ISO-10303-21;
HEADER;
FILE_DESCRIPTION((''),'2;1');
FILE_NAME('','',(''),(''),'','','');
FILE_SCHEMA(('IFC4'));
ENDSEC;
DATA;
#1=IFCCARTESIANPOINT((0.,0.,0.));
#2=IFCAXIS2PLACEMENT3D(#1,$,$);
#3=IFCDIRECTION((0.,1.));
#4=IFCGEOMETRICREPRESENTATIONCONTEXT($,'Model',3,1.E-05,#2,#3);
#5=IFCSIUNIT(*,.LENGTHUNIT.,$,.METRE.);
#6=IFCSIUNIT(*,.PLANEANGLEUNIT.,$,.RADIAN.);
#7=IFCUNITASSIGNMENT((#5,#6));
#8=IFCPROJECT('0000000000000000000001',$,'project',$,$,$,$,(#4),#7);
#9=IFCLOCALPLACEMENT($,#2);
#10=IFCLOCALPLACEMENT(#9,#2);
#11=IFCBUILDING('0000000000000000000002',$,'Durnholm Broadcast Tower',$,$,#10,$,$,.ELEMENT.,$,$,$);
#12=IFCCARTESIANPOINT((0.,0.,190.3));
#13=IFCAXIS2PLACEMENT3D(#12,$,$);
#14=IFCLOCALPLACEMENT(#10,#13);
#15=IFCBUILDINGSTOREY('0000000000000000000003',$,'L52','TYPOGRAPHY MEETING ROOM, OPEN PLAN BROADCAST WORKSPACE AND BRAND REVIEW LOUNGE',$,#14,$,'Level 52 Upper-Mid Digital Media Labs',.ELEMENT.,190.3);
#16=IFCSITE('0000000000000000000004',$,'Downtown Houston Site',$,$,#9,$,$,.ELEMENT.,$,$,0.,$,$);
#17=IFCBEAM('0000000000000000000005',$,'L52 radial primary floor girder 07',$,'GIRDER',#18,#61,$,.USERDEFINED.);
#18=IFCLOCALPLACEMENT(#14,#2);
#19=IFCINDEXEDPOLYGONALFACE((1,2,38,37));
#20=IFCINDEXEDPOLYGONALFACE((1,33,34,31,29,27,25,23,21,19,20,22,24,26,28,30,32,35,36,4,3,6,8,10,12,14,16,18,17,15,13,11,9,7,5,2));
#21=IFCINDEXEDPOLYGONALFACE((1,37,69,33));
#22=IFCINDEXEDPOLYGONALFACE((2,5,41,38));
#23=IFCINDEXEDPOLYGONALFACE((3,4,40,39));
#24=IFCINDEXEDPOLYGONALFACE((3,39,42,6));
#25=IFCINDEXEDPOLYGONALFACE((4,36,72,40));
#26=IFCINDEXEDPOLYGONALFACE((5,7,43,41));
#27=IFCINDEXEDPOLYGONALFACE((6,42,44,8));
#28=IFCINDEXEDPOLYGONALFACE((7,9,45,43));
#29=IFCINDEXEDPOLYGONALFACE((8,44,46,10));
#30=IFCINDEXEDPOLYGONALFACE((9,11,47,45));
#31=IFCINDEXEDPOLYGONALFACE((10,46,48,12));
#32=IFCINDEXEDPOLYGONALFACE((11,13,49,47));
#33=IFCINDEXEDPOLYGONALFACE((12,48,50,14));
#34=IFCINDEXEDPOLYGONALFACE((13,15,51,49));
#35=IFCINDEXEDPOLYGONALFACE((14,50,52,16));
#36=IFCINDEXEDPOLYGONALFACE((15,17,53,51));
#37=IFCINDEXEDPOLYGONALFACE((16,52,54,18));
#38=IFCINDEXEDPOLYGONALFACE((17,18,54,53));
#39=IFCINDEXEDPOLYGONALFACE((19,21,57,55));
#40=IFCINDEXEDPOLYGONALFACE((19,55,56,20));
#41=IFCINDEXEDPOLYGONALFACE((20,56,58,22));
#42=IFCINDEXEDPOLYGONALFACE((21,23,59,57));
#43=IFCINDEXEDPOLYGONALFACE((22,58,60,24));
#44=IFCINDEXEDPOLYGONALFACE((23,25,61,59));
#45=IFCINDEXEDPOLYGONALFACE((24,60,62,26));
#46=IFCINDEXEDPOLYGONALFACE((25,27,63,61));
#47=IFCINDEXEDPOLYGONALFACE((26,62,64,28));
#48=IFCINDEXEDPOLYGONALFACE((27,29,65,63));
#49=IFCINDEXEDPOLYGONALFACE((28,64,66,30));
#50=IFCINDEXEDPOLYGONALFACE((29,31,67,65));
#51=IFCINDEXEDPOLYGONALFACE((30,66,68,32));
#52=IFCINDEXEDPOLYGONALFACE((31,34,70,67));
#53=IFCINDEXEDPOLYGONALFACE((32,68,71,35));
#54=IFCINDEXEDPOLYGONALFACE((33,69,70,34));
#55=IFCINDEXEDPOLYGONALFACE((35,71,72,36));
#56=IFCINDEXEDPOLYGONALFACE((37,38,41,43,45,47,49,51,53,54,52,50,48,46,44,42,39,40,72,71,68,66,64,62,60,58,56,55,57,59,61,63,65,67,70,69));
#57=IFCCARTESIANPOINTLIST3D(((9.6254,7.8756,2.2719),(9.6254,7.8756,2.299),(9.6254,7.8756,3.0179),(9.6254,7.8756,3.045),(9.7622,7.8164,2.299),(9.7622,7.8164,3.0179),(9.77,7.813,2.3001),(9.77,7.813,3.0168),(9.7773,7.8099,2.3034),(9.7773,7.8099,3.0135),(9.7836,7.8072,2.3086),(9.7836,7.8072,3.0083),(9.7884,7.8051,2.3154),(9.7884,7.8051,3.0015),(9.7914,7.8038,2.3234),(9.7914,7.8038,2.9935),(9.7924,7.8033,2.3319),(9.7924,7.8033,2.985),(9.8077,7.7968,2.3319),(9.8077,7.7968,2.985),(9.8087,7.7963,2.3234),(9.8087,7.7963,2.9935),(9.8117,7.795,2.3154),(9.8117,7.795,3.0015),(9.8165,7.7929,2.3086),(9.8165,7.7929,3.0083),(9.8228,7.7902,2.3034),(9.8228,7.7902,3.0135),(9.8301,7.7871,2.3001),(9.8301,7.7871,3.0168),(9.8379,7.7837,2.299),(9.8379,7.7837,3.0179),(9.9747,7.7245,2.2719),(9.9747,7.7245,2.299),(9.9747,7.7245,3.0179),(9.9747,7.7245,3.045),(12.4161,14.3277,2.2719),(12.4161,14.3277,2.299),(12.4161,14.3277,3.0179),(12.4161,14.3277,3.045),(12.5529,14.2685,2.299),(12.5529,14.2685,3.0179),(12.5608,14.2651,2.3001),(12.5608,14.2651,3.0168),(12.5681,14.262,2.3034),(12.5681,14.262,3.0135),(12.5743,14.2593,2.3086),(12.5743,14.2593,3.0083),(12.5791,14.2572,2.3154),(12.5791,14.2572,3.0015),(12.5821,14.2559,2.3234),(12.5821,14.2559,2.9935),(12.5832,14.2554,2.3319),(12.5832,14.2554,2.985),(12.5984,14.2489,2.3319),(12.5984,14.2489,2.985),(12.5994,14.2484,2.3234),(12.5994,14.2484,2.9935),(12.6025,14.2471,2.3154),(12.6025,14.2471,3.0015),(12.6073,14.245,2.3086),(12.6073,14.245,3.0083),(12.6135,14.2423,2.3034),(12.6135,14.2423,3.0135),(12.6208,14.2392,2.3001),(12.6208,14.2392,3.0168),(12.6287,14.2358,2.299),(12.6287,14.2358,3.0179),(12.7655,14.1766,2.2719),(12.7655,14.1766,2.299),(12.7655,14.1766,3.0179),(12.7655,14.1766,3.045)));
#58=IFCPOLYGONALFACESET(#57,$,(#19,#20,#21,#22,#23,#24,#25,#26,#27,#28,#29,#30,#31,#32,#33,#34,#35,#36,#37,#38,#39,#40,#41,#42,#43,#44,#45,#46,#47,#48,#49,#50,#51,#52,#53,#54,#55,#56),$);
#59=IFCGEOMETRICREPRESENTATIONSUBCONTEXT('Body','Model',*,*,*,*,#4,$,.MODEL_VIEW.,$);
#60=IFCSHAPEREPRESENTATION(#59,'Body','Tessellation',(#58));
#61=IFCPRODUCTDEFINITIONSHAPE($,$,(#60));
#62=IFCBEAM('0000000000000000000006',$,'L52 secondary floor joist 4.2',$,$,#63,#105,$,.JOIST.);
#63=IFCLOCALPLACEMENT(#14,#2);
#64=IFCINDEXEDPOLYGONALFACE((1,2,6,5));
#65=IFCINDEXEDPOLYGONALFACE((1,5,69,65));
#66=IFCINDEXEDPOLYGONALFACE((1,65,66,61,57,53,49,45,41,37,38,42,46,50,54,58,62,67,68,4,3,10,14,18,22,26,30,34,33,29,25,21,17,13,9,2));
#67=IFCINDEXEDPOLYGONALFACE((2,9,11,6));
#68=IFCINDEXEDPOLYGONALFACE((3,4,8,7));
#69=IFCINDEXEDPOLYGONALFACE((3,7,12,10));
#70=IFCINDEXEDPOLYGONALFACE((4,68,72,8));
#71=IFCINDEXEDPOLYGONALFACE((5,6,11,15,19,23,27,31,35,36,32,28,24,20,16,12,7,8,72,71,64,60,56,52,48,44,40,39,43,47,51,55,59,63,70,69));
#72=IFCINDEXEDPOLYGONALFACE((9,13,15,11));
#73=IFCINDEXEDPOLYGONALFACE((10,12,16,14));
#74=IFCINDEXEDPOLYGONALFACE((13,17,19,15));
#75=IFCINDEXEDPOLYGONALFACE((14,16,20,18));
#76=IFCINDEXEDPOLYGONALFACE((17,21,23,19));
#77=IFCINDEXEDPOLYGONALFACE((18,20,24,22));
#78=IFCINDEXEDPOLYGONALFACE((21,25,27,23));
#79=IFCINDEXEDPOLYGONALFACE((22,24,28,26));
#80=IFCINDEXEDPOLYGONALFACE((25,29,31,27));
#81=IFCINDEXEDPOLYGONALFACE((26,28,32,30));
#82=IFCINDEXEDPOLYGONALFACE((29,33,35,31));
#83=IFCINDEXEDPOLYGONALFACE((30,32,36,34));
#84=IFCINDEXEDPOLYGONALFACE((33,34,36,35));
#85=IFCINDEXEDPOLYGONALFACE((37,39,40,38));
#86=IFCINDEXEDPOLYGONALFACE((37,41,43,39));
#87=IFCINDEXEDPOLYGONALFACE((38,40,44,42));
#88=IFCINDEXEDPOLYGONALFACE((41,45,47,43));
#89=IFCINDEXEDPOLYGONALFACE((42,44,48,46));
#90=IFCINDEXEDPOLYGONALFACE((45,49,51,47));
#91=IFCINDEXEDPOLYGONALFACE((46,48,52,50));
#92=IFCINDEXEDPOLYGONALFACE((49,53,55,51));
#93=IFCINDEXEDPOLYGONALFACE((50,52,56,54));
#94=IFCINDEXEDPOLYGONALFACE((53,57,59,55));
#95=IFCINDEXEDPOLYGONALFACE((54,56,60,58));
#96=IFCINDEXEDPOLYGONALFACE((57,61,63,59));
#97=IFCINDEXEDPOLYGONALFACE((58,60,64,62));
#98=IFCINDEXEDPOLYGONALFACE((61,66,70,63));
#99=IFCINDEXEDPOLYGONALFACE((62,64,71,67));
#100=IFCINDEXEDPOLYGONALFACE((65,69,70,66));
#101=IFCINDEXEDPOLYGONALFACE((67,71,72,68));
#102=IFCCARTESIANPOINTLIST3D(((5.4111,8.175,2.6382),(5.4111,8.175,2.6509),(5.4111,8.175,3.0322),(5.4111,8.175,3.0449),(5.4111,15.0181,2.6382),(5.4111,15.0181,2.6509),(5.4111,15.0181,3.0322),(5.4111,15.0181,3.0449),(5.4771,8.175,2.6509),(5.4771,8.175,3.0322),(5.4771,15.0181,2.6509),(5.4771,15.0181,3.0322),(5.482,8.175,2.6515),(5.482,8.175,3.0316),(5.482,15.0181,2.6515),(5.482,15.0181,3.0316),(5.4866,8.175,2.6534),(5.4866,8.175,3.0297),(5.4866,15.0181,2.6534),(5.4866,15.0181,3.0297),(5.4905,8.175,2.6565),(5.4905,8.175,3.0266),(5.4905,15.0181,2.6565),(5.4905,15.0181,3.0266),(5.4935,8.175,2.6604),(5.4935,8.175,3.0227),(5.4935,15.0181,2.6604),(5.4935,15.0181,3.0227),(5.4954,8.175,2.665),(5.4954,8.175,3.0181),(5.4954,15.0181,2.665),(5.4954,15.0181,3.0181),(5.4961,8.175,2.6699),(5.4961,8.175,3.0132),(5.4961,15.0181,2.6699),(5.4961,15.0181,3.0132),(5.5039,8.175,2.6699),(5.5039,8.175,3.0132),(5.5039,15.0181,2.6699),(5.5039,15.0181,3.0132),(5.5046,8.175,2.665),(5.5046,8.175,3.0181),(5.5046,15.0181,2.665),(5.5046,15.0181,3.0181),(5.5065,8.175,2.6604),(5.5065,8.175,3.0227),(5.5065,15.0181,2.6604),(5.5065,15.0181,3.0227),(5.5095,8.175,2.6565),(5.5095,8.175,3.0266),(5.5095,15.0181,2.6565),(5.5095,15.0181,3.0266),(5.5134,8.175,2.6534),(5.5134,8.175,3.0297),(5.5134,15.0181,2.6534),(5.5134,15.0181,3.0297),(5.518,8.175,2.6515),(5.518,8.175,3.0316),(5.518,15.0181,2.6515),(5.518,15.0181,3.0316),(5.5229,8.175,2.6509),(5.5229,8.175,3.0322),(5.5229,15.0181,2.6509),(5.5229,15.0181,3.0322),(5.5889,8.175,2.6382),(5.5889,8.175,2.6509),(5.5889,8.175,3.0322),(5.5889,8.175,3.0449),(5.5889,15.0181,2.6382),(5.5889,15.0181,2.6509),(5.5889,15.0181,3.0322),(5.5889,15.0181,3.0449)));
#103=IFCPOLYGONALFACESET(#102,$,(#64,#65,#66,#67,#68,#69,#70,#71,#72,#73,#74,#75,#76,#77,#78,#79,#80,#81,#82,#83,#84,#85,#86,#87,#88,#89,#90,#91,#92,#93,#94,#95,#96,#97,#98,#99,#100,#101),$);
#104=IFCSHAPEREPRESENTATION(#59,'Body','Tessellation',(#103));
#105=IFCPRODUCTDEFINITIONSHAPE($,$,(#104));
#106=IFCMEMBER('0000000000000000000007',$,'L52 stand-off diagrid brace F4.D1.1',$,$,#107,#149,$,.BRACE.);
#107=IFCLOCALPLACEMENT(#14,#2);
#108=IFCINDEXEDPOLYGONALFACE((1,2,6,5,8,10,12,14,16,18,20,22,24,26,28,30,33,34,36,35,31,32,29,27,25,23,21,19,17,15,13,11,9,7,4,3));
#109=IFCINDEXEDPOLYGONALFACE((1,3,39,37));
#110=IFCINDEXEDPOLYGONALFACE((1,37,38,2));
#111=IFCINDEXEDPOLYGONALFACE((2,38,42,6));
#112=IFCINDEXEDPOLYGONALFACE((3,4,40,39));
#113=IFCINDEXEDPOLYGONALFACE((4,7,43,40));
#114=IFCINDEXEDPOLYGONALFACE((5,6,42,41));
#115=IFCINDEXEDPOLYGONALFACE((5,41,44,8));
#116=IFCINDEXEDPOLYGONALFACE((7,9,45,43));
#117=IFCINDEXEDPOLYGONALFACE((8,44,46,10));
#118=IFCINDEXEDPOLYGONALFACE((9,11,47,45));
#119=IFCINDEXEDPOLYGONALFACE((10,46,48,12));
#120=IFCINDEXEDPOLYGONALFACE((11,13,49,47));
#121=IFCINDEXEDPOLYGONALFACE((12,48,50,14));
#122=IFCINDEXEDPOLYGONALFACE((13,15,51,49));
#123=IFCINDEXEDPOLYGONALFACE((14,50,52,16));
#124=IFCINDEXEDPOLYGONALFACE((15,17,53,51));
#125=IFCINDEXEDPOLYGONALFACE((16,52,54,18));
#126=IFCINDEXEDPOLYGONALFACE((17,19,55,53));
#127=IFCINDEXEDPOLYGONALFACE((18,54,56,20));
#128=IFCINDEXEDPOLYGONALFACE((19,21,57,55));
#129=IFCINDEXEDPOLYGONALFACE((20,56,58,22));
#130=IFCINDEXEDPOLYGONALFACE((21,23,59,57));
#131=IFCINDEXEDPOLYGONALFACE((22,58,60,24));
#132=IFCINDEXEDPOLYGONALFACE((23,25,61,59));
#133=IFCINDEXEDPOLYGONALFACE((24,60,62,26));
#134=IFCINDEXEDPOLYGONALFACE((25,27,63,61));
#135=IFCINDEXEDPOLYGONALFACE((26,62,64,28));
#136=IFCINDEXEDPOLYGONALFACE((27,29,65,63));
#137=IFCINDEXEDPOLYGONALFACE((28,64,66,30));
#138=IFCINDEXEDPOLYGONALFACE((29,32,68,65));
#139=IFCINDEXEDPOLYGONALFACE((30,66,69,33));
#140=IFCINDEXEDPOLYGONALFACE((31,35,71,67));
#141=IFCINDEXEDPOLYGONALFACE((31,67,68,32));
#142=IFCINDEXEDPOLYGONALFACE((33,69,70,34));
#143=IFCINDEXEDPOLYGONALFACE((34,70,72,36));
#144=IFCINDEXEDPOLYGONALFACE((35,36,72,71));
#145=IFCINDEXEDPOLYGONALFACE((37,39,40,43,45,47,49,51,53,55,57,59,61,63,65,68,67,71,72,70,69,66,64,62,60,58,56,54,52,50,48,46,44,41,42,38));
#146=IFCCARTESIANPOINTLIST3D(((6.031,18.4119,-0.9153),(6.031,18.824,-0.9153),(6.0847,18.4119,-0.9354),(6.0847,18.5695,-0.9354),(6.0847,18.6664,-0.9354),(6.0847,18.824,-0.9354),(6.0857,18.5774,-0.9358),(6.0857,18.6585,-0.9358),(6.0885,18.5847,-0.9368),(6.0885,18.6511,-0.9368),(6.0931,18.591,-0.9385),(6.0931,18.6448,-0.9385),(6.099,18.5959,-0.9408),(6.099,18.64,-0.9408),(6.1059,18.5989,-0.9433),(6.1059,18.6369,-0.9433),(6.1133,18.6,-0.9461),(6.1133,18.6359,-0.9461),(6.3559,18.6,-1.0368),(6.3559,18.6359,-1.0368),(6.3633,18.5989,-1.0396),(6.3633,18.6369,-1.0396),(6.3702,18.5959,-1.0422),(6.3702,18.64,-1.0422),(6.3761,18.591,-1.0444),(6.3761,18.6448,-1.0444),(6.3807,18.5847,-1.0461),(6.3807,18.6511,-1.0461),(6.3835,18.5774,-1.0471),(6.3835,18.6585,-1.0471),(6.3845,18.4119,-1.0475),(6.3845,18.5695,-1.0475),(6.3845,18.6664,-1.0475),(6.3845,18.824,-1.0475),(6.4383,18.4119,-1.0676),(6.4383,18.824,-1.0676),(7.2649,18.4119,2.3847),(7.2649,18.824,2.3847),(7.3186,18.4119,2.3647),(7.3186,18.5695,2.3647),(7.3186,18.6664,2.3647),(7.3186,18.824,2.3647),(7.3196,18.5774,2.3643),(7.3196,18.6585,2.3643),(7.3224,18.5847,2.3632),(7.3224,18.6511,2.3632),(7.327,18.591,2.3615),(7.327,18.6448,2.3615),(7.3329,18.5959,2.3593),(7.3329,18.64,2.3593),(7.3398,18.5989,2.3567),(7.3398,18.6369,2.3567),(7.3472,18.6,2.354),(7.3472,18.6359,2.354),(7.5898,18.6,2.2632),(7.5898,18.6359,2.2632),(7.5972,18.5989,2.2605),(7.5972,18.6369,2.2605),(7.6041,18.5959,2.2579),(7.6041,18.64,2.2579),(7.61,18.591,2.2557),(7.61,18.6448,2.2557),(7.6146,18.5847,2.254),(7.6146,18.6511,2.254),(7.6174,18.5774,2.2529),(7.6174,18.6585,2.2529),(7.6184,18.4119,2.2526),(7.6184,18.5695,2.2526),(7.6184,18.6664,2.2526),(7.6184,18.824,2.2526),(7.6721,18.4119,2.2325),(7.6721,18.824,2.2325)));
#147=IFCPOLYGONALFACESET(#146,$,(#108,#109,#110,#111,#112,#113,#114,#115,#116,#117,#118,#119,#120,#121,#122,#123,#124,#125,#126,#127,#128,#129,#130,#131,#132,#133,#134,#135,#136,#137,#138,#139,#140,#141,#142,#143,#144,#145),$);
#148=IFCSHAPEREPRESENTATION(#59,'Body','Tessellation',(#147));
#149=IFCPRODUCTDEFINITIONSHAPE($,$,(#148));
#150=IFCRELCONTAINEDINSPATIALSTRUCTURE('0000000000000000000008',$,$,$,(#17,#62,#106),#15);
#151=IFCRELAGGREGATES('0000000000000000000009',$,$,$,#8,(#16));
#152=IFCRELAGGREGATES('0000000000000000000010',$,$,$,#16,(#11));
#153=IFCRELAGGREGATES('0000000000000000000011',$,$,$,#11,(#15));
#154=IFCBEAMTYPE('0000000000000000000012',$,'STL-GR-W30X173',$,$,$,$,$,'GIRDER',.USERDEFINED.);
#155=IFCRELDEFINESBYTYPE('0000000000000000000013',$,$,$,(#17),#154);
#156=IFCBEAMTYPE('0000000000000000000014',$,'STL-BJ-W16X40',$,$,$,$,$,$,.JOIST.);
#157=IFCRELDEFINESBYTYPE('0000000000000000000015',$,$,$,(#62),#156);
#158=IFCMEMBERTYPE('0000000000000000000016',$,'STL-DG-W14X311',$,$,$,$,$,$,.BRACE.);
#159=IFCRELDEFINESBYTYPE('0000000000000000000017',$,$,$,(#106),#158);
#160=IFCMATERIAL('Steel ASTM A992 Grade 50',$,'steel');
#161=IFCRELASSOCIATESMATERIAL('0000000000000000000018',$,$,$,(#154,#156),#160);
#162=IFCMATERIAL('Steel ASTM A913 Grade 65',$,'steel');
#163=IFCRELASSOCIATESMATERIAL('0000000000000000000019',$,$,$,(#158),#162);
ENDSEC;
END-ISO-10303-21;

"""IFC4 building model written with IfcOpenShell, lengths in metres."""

from ifc_helpers import new_model, si_unit, direction, frame, origin, origin_2d, place, context, subcontext, project, spatial, i_section, extrude, source, transform, mapped, material, material_profile, profile_set, type_object, type_shapes, element, save


model = new_model("IFC4")

# Units and contexts
model_context = context("Model", 3, precision=1e-05, world=origin(), true_north=direction((0.0, 1.0)))
body_context = subcontext(model_context, "Body", "Model", "MODEL_VIEW")
ifc_project = project(units=[si_unit("LENGTHUNIT", "METRE"), si_unit("PLANEANGLEUNIT", "RADIAN")], contexts=[model_context])

# Site, building, storey
site_placement = place(None, origin())
site = spatial("IfcSite", under=ifc_project, at=site_placement, Name="Downtown Houston Site", CompositionType="ELEMENT", RefElevation=0.0)
building_placement = place(site_placement, origin())
building = spatial("IfcBuilding", under=site, at=building_placement, Name="Durnholm Broadcast Tower", CompositionType="ELEMENT")
storey_placement = place(building_placement, frame((0.0, 0.0, 190.3)))
storey = spatial("IfcBuildingStorey", under=building, at=storey_placement, Name="L52", Description="TYPOGRAPHY MEETING ROOM, OPEN PLAN BROADCAST WORKSPACE AND BRAND REVIEW LOUNGE", LongName="Level 52 Upper-Mid Digital Media Labs", CompositionType="ELEMENT", Elevation=190.3)

# Beams
ifc_material_1 = material(Name="Steel ASTM A992 Grade 50", Category="steel")
ifc_material_profile_1 = material_profile(ifc_material_1, i_section(OverallWidth=0.3806, OverallDepth=0.7732, WebThickness=0.0166, FlangeThickness=0.0271, FilletRadius=0.033, at=origin_2d()), Name="W30X173")
ifc_profile_set_1 = profile_set([ifc_material_profile_1], Name="Steel ASTM A992 Grade 50")
beam_type_1 = type_object("IfcBeamType", Name="STL-GR-W30X173", ElementType="GIRDER", PredefinedType="USERDEFINED", material=ifc_profile_set_1)
shared_shape_1 = source(origin(), body_context, "Body", "SweptSolid", [
    extrude(i_section(OverallWidth=0.3806, OverallDepth=0.7732, WebThickness=0.0166, FlangeThickness=0.0271, FilletRadius=0.033, at=origin_2d()), origin(), (0.0, 0.0, 1.0), 7.0298),
])
beam_1_placement = place(storey_placement, frame((9.8, 7.8, 2.6584), z_axis=(0.396989, 0.917823, 0.0), x_axis=(-0.917823, 0.396989, 0.0)))
element("IfcBeam", 1, at=beam_1_placement, inside=storey, type_object=beam_type_1, Name="L52 radial primary floor girder 07", ObjectType="GIRDER", PredefinedType="USERDEFINED", context=body_context, shape_type="MappedRepresentation", body=[
    mapped(shared_shape_1, transform((0.0, 0.0, 0.0), x_axis=(1.0, 0.0, 0.0), y_axis=(0.0, 1.0, 0.0), z_axis=(0.0, 0.0, 1.0), scale=1.0)),
])
ifc_material_profile_2 = material_profile(ifc_material_1, i_section(OverallWidth=0.1777, OverallDepth=0.4067, WebThickness=0.0078, FlangeThickness=0.0127, FilletRadius=0.019, at=origin_2d()), Name="W16X40")
ifc_profile_set_2 = profile_set([ifc_material_profile_2], Name="Steel ASTM A992 Grade 50")
beam_type_2 = type_object("IfcBeamType", Name="STL-BJ-W16X40", PredefinedType="JOIST", material=ifc_profile_set_2)
shared_shape_2 = source(origin(), body_context, "Body", "SweptSolid", [
    extrude(i_section(OverallWidth=0.1777, OverallDepth=0.4067, WebThickness=0.0078, FlangeThickness=0.0127, FilletRadius=0.019, at=origin_2d()), origin(), (0.0, 0.0, 1.0), 6.843),
])
type_shapes(beam_type_2, [shared_shape_2])
beam_2_placement = place(storey_placement, frame((5.5, 8.175, 2.8416), z_axis=(0.0, 1.0, 0.0), x_axis=(-1.0, 0.0, 0.0)))
element("IfcBeam", 2, at=beam_2_placement, inside=storey, type_object=beam_type_2, Name="L52 secondary floor joist 4.2", PredefinedType="JOIST", context=body_context, shape_type="MappedRepresentation", body=[
    mapped(shared_shape_2, transform((0.0, 0.0, 0.0), x_axis=(1.0, 0.0, 0.0), y_axis=(0.0, 1.0, 0.0), z_axis=(0.0, 0.0, 1.0), scale=1.0)),
])

# Member
ifc_material_2 = material(Name="Steel ASTM A913 Grade 65", Category="steel")
ifc_material_profile_3 = material_profile(ifc_material_2, i_section(OverallWidth=0.4121, OverallDepth=0.4348, WebThickness=0.0359, FlangeThickness=0.0574, FilletRadius=0.0305, at=origin_2d()), Name="W14X311")
ifc_profile_set_3 = profile_set([ifc_material_profile_3], Name="Steel ASTM A913 Grade 65")
member_type_1 = type_object("IfcMemberType", Name="STL-DG-W14X311", PredefinedType="BRACE", material=ifc_profile_set_3)
shared_shape_3 = source(origin(), body_context, "Body", "SweptSolid", [
    extrude(i_section(OverallWidth=0.4121, OverallDepth=0.4348, WebThickness=0.0359, FlangeThickness=0.0574, FilletRadius=0.0305, at=origin_2d()), origin(), (0.0, 0.0, 1.0), 3.5232),
])
type_shapes(member_type_1, [shared_shape_3])
for number, where, z_axis, x_axis, name in (
    (3, (6.2346, 18.6179, -0.9915), (0.35022, 0.0, 0.936668), (0.0, 1.0, 0.0), "L52 stand-off diagrid brace F4.D1.1"),
):
    element("IfcMember", number, at=place(storey_placement, frame(where, z_axis=z_axis, x_axis=x_axis)), inside=storey, type_object=member_type_1, Name=name, PredefinedType="BRACE", context=body_context, shape_type="MappedRepresentation", body=[
        mapped(shared_shape_3, transform((0.0, 0.0, 0.0), x_axis=(1.0, 0.0, 0.0), y_axis=(0.0, 1.0, 0.0), z_axis=(0.0, 0.0, 1.0), scale=1.0)),
    ])

save(model, "model.ifc")
